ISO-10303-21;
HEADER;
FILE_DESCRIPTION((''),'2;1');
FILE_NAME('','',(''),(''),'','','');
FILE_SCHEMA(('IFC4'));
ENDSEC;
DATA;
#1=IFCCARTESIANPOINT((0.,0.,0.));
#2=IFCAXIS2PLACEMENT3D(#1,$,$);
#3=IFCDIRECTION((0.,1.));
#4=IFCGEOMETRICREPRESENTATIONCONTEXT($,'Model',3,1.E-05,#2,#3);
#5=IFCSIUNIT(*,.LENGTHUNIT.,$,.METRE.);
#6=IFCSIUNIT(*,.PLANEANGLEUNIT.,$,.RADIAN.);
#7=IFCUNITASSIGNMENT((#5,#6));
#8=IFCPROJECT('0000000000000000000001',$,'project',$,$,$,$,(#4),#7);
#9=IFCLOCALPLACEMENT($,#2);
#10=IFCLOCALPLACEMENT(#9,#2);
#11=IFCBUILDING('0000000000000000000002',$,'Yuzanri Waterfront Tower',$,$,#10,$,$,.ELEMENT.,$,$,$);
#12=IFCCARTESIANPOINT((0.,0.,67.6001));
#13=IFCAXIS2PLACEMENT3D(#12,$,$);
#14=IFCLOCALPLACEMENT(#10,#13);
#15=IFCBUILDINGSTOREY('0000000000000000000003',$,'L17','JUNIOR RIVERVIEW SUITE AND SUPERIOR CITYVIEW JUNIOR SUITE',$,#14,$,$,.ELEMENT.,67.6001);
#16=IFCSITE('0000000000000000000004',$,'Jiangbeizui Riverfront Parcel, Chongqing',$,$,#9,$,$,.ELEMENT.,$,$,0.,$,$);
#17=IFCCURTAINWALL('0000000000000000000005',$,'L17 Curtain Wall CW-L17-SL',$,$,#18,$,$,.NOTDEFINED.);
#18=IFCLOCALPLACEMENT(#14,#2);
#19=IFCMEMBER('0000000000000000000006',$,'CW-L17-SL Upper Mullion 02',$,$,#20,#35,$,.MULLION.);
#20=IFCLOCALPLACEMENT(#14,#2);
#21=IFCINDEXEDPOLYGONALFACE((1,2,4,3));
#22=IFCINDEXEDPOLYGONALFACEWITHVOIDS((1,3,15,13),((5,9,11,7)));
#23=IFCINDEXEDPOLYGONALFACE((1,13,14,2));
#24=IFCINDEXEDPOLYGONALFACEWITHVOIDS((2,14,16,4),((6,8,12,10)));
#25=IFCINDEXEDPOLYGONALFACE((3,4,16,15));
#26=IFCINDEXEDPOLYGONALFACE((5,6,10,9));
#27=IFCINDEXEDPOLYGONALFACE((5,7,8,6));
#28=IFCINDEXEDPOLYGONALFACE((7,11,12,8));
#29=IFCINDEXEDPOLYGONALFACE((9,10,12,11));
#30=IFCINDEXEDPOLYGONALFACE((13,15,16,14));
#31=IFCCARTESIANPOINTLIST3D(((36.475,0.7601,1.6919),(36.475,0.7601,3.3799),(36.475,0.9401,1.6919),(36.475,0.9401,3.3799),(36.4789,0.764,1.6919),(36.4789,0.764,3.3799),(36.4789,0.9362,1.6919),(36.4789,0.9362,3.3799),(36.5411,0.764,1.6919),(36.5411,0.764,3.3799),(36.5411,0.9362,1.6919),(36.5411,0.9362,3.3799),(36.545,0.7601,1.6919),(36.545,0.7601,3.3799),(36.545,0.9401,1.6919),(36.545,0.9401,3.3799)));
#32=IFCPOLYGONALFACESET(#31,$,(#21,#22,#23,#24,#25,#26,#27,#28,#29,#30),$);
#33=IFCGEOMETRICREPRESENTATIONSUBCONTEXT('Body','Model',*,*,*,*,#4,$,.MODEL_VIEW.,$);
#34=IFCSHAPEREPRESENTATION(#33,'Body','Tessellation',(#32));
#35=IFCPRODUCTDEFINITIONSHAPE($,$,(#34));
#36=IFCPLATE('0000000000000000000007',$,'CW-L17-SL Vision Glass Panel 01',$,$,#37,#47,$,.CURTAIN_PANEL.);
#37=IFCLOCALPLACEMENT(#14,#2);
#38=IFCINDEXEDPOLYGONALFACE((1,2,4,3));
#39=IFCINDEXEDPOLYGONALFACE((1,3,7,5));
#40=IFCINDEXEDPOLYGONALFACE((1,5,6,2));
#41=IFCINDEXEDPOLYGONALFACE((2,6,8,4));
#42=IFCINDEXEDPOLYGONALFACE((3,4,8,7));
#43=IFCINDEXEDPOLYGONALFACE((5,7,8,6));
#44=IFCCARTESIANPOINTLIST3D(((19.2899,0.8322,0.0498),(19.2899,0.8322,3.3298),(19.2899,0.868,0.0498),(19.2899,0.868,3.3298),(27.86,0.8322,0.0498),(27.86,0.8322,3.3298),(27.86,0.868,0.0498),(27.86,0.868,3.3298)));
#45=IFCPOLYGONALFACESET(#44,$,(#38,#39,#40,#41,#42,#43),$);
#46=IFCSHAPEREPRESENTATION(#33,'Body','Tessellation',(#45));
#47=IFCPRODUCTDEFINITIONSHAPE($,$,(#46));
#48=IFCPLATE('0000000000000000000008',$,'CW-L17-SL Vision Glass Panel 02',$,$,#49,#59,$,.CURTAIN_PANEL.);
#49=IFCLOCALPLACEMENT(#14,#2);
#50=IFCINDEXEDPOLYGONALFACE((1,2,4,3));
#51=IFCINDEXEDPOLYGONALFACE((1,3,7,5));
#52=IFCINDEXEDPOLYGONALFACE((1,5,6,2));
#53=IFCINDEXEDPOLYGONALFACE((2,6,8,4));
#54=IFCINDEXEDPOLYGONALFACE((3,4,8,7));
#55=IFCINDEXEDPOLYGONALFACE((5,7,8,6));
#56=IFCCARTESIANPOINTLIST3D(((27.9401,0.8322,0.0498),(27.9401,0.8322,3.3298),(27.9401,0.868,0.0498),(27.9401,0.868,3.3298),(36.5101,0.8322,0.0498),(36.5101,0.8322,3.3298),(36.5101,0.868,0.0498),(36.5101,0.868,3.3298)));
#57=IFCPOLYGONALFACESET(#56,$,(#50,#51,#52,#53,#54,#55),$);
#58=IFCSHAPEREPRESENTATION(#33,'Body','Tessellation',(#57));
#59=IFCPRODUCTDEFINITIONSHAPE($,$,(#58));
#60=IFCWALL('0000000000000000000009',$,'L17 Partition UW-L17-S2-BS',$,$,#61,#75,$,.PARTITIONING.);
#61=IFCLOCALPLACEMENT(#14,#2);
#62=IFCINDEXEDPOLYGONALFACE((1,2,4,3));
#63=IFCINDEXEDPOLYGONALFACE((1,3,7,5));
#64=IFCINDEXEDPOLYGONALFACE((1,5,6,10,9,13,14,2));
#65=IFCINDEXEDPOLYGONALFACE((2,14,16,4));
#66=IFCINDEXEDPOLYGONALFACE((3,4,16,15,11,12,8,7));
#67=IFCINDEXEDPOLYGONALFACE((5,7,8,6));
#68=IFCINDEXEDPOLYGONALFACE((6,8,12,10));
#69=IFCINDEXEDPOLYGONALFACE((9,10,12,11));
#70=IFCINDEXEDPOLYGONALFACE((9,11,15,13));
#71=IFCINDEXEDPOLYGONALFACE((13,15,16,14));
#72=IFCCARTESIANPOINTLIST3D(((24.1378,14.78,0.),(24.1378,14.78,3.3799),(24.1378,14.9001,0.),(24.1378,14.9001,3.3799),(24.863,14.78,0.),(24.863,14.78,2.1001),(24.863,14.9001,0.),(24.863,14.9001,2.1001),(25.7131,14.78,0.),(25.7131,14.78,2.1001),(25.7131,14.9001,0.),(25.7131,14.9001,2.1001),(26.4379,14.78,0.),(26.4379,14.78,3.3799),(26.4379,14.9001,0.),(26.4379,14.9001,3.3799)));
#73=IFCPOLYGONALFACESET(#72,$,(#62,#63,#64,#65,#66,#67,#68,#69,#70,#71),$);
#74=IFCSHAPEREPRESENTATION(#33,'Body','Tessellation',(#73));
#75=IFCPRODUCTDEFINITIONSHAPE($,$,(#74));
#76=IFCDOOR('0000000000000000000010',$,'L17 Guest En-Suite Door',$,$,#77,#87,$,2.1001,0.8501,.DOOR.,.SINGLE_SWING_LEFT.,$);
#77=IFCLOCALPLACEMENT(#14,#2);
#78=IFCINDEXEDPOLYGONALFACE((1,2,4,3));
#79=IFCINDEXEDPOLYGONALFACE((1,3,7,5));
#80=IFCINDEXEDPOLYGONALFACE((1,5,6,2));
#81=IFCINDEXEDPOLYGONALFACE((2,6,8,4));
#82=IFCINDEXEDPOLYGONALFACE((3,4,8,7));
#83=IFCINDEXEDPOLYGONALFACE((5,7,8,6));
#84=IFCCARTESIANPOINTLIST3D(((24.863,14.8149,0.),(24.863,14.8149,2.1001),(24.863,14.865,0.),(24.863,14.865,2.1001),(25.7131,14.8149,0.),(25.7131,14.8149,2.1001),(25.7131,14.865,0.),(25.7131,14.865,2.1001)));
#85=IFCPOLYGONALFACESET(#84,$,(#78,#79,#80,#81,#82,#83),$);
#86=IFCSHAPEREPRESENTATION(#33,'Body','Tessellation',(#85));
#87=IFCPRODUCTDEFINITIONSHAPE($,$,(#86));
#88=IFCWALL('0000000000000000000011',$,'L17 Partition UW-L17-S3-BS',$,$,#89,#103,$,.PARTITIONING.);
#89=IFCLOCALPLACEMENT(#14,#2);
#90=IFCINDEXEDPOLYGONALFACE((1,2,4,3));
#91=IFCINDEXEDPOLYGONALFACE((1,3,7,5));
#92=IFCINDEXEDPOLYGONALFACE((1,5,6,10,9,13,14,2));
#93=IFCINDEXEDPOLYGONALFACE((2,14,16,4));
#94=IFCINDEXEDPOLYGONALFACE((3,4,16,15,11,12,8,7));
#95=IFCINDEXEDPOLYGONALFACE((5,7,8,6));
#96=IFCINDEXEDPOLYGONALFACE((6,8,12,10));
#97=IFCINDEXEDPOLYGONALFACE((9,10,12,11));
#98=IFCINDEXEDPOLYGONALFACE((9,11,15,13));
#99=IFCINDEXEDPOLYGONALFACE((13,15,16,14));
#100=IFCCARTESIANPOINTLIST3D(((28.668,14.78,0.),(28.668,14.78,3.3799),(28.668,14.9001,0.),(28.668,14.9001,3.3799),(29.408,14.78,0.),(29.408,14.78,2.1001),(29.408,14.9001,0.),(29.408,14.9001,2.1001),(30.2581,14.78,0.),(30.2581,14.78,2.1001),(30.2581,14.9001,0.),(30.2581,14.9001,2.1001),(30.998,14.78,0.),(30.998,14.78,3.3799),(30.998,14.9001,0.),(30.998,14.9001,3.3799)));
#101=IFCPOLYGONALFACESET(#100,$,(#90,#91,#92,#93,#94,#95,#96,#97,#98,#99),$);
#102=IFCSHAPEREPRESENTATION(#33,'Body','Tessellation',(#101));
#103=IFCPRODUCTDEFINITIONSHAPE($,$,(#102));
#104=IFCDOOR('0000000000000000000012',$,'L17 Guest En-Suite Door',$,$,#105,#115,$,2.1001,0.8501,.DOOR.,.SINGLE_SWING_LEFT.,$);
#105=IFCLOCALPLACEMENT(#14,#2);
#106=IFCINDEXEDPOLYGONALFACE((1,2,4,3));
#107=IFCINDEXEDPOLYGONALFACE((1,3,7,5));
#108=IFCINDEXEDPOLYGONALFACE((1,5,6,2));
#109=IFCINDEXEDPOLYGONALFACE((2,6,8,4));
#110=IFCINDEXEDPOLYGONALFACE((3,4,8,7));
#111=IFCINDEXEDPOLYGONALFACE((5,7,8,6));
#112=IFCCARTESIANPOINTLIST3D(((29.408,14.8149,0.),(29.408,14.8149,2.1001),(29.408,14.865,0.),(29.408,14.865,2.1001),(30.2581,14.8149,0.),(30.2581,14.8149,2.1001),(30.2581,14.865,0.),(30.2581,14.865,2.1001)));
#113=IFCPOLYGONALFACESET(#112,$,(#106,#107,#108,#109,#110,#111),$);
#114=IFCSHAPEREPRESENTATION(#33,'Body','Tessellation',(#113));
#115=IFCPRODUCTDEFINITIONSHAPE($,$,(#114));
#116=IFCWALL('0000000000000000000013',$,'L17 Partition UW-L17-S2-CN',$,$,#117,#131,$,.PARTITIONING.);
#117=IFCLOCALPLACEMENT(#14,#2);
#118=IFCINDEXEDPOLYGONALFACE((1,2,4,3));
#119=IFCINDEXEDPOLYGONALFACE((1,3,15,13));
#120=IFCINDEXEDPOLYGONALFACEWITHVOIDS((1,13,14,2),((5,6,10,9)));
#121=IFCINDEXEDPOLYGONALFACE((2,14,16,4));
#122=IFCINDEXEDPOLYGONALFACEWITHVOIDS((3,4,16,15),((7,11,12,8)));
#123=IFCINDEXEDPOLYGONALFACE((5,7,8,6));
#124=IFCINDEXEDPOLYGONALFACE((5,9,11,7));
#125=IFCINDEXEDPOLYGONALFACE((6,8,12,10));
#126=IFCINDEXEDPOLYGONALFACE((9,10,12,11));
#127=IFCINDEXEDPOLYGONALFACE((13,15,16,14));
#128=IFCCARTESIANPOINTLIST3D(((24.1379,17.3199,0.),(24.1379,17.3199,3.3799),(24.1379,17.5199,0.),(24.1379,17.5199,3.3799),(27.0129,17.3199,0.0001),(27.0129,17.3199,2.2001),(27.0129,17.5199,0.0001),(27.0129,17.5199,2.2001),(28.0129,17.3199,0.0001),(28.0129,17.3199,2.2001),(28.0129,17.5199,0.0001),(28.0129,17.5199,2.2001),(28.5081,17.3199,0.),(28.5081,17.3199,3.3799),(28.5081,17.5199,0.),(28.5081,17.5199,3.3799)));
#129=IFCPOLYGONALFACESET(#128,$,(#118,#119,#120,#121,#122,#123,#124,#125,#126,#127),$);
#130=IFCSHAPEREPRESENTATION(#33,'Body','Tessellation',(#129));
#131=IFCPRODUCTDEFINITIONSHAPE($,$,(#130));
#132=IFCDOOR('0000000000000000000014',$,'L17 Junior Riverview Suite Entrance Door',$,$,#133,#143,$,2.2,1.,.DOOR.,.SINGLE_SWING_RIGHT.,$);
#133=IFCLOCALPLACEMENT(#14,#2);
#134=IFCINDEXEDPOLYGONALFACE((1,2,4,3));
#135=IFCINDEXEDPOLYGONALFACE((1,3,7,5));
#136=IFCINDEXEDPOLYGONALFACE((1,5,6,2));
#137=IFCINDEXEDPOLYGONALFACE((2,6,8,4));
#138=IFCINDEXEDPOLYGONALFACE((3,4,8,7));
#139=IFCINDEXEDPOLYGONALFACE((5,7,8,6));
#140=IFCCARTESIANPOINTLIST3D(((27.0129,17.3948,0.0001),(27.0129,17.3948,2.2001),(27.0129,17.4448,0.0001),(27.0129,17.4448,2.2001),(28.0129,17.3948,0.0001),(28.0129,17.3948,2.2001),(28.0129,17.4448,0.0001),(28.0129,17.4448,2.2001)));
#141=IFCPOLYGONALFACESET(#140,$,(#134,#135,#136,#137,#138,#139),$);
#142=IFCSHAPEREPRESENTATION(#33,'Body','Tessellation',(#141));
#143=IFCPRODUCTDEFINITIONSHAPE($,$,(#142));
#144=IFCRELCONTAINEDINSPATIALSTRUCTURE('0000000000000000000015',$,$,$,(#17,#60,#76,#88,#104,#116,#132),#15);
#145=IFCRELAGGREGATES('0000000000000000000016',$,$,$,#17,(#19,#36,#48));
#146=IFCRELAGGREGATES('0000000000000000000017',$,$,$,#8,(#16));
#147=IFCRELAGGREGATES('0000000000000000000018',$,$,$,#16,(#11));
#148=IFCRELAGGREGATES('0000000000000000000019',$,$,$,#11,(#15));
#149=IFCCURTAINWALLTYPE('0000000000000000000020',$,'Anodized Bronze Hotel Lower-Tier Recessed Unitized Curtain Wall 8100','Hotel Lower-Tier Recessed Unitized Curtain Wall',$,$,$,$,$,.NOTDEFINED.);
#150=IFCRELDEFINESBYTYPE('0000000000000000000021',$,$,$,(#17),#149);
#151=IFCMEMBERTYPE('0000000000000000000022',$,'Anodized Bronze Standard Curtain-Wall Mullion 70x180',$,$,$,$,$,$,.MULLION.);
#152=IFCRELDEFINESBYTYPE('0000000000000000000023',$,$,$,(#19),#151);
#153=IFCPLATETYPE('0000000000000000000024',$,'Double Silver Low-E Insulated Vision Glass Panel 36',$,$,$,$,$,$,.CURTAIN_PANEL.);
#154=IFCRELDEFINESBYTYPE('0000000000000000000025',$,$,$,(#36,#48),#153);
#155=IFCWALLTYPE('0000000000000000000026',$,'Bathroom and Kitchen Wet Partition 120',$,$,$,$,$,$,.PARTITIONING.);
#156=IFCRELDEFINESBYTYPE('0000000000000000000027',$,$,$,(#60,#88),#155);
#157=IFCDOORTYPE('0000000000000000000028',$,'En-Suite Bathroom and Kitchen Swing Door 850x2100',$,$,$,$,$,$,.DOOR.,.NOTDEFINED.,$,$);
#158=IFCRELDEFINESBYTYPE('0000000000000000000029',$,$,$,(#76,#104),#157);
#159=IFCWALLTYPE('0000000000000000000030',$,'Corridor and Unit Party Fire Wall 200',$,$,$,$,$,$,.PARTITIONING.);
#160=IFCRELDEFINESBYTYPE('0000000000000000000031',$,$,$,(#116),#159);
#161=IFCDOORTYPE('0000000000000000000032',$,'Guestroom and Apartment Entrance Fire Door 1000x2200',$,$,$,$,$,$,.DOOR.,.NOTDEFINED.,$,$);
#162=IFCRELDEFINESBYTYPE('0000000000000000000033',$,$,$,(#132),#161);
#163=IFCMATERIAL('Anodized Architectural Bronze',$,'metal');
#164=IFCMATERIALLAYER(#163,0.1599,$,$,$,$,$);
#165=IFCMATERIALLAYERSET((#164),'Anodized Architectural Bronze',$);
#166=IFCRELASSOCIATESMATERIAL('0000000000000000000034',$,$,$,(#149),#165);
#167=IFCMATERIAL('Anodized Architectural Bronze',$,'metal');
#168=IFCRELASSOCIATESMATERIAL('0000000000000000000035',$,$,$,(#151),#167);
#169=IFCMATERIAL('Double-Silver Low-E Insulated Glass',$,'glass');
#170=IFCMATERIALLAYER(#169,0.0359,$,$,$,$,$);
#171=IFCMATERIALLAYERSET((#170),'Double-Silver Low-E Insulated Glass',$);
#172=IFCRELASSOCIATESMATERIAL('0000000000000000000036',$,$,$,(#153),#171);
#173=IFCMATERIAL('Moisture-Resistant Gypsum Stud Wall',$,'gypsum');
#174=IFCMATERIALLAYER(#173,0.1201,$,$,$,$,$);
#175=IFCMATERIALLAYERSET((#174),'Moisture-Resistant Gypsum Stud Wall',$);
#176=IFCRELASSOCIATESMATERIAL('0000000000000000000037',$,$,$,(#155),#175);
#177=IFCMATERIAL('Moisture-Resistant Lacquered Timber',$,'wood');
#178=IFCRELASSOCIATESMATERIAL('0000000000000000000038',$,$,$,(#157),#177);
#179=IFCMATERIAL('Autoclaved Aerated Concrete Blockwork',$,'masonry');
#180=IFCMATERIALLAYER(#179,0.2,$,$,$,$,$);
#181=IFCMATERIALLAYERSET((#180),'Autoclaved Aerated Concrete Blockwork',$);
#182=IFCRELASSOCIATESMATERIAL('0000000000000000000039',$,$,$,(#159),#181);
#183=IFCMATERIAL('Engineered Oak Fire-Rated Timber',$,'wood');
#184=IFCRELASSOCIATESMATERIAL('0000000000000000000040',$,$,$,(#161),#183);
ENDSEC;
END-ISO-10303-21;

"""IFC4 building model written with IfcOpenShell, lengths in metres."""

from ifc_helpers import new_model, si_unit, direction, frame, frame_2d, origin, origin_2d, place, context, subcontext, project, spatial, rectangle, hollow_rectangle, extrude, source, transform, mapped, material, layer, layer_set, material_profile, profile_set, type_object, element, fill, aggregate, save


model = new_model("IFC4")

# Units and contexts
model_context = context("Model", 3, precision=1e-05, world=origin(), true_north=direction((0.0, 1.0)))
body_context = subcontext(model_context, "Body", "Model", "MODEL_VIEW")
ifc_project = project(units=[si_unit("LENGTHUNIT", "METRE"), si_unit("PLANEANGLEUNIT", "RADIAN")], contexts=[model_context])

# Site, building, storey
site_placement = place(None, origin())
site = spatial("IfcSite", under=ifc_project, at=site_placement, Name="Jiangbeizui Riverfront Parcel, Chongqing", CompositionType="ELEMENT", RefElevation=0.0)
building_placement = place(site_placement, origin())
building = spatial("IfcBuilding", under=site, at=building_placement, Name="Yuzanri Waterfront Tower", CompositionType="ELEMENT")
storey_placement = place(building_placement, frame((0.0, 0.0, 67.6001)))
storey = spatial("IfcBuildingStorey", under=building, at=storey_placement, Name="L17", Description="JUNIOR RIVERVIEW SUITE AND SUPERIOR CITYVIEW JUNIOR SUITE", CompositionType="ELEMENT", Elevation=67.6001)

# Curtain wall, member, plates
ifc_material_1 = material(Name="Anodized Architectural Bronze", Category="metal")
ifc_layer_1 = layer(ifc_material_1, 0.1599)
ifc_layer_set_1 = layer_set([ifc_layer_1], Name="Anodized Architectural Bronze")
curtain_wall_type = type_object("IfcCurtainWallType", Name="Anodized Bronze Hotel Lower-Tier Recessed Unitized Curtain Wall 8100", Description="Hotel Lower-Tier Recessed Unitized Curtain Wall", PredefinedType="NOTDEFINED", material=ifc_layer_set_1)
curtain_wall_placement = place(storey_placement, origin())
curtain_wall = element("IfcCurtainWall", 1, at=curtain_wall_placement, inside=storey, type_object=curtain_wall_type, Name="L17 Curtain Wall CW-L17-SL", PredefinedType="NOTDEFINED")
ifc_material_2 = material(Name="Anodized Architectural Bronze", Category="metal")
ifc_material_profile_1 = material_profile(ifc_material_2, hollow_rectangle(XDim=0.0701, YDim=0.1799, WallThickness=0.0039, at=origin_2d()), Name="CWM 70x180")
ifc_profile_set_1 = profile_set([ifc_material_profile_1], Name="Anodized Architectural Bronze")
member_type = type_object("IfcMemberType", Name="Anodized Bronze Standard Curtain-Wall Mullion 70x180", PredefinedType="MULLION", material=ifc_profile_set_1)
shared_shape_1 = source(origin(), body_context, "Body", "SweptSolid", [
    extrude(hollow_rectangle(XDim=0.0701, YDim=0.1799, WallThickness=0.0039, at=origin_2d()), origin(), (0.0, 0.0, 1.0), 1.688),
])
member_1_placement = place(storey_placement, frame((36.51, 0.8501, 1.6919), z_axis=(0.0, 0.0, 1.0), x_axis=(1.0, 0.0, 0.0)))
member_1 = element("IfcMember", 2, at=member_1_placement, type_object=member_type, Name="CW-L17-SL Upper Mullion 02", PredefinedType="MULLION", context=body_context, shape_type="MappedRepresentation", body=[
    mapped(shared_shape_1, transform((0.0, 0.0, 0.0), scale=1.0)),
])
ifc_material_3 = material(Name="Double-Silver Low-E Insulated Glass", Category="glass")
ifc_layer_2 = layer(ifc_material_3, 0.0359)
ifc_layer_set_2 = layer_set([ifc_layer_2], Name="Double-Silver Low-E Insulated Glass")
plate_type = type_object("IfcPlateType", Name="Double Silver Low-E Insulated Vision Glass Panel 36", PredefinedType="CURTAIN_PANEL", material=ifc_layer_set_2)
shared_shape_2 = source(origin(), body_context, "Body", "SweptSolid", [
    extrude(rectangle(XDim=8.5701, YDim=0.0359, at=origin_2d()), origin(), (0.0, 0.0, 1.0), 3.28),
])
plate_1_placement = place(storey_placement, frame((23.575, 0.8501, 0.0498), z_axis=(0.0, 0.0, 1.0), x_axis=(1.0, 0.0, 0.0)))
plate_1 = element("IfcPlate", 3, at=plate_1_placement, type_object=plate_type, Name="CW-L17-SL Vision Glass Panel 01", PredefinedType="CURTAIN_PANEL", context=body_context, shape_type="MappedRepresentation", body=[
    mapped(shared_shape_2, transform((0.0, 0.0, 0.0), scale=1.0)),
])
plate_2_placement = place(storey_placement, frame((32.2251, 0.8501, 0.0498), z_axis=(0.0, 0.0, 1.0), x_axis=(1.0, 0.0, 0.0)))
plate_2 = element("IfcPlate", 4, at=plate_2_placement, type_object=plate_type, Name="CW-L17-SL Vision Glass Panel 02", PredefinedType="CURTAIN_PANEL", context=body_context, shape_type="MappedRepresentation", body=[
    mapped(shared_shape_2, transform((0.0, 0.0, 0.0), scale=1.0)),
])
aggregate(curtain_wall, [member_1, plate_1, plate_2])

# Walls, openings, doors
ifc_material_4 = material(Name="Moisture-Resistant Gypsum Stud Wall", Category="gypsum")
ifc_layer_3 = layer(ifc_material_4, 0.1201)
ifc_layer_set_3 = layer_set([ifc_layer_3], Name="Moisture-Resistant Gypsum Stud Wall")
wall_type_1 = type_object("IfcWallType", Name="Bathroom and Kitchen Wet Partition 120", PredefinedType="PARTITIONING", material=ifc_layer_set_3)
wall_1_placement = place(storey_placement, frame((24.1379, 14.8401, 0.0), z_axis=(0.0, 0.0, 1.0), x_axis=(1.0, 0.0, 0.0)))
wall_1 = element("IfcWall", 5, at=wall_1_placement, inside=storey, type_object=wall_type_1, Name="L17 Partition UW-L17-S2-BS", PredefinedType="PARTITIONING", context=body_context, shape_type="SweptSolid", body=[
    extrude(rectangle(XDim=2.3, YDim=0.1201, at=frame_2d((1.1499, 0.0))), origin(), (0.0, 0.0, 1.0), 3.3799),
])
opening_1_placement = place(wall_1_placement, frame((0.7251, 0.0, 0.0)))
opening_1 = element("IfcOpeningElement", 6, at=opening_1_placement, cuts=wall_1, PredefinedType="OPENING", context=body_context, shape_type="SweptSolid", body=[
    extrude(rectangle(XDim=0.8501, YDim=2.1001, at=frame_2d((0.425, 1.05))), frame((0.0, 0.075, 0.0), z_axis=(0.0, -1.0, 0.0), x_axis=(1.0, 0.0, 0.0)), (0.0, 0.0, 1.0), 0.1499),
])
ifc_material_5 = material(Name="Moisture-Resistant Lacquered Timber", Category="wood")
door_type_1 = type_object("IfcDoorType", Name="En-Suite Bathroom and Kitchen Swing Door 850x2100", OperationType="NOTDEFINED", PredefinedType="DOOR", material=ifc_material_5)
shared_shape_3 = source(origin(), body_context, "Body", "SweptSolid", [
    extrude(rectangle(XDim=0.8501, YDim=2.1001, at=frame_2d((0.425, 1.05))), frame((0.0, 0.0249, 0.0), z_axis=(0.0, -1.0, 0.0), x_axis=(1.0, 0.0, 0.0)), (0.0, 0.0, 1.0), 0.05),
])
door_1_placement = place(opening_1_placement, origin())
door_1 = element("IfcDoor", 7, at=door_1_placement, inside=storey, type_object=door_type_1, Name="L17 Guest En-Suite Door", OperationType="SINGLE_SWING_LEFT", OverallHeight=2.1001, OverallWidth=0.8501, PredefinedType="DOOR", context=body_context, shape_type="MappedRepresentation", body=[
    mapped(shared_shape_3, transform((0.0, 0.0, 0.0), scale=1.0)),
])
fill(opening_1, door_1)
wall_2_placement = place(storey_placement, frame((28.668, 14.8401, 0.0), z_axis=(0.0, 0.0, 1.0), x_axis=(1.0, 0.0, 0.0)))
wall_2 = element("IfcWall", 8, at=wall_2_placement, inside=storey, type_object=wall_type_1, Name="L17 Partition UW-L17-S3-BS", PredefinedType="PARTITIONING", context=body_context, shape_type="SweptSolid", body=[
    extrude(rectangle(XDim=2.3301, YDim=0.1201, at=frame_2d((1.165, 0.0))), origin(), (0.0, 0.0, 1.0), 3.3799),
])
opening_2_placement = place(wall_2_placement, frame((0.74, 0.0, 0.0)))
opening_2 = element("IfcOpeningElement", 9, at=opening_2_placement, cuts=wall_2, PredefinedType="OPENING", context=body_context, shape_type="SweptSolid", body=[
    extrude(rectangle(XDim=0.8501, YDim=2.1001, at=frame_2d((0.425, 1.05))), frame((0.0, 0.075, 0.0), z_axis=(0.0, -1.0, 0.0), x_axis=(1.0, 0.0, 0.0)), (0.0, 0.0, 1.0), 0.1499),
])
door_2_placement = place(opening_2_placement, origin())
door_2 = element("IfcDoor", 10, at=door_2_placement, inside=storey, type_object=door_type_1, Name="L17 Guest En-Suite Door", OperationType="SINGLE_SWING_LEFT", OverallHeight=2.1001, OverallWidth=0.8501, PredefinedType="DOOR", context=body_context, shape_type="MappedRepresentation", body=[
    mapped(shared_shape_3, transform((0.0, 0.0, 0.0), scale=1.0)),
])
fill(opening_2, door_2)
ifc_material_6 = material(Name="Autoclaved Aerated Concrete Blockwork", Category="masonry")
ifc_layer_4 = layer(ifc_material_6, 0.2)
ifc_layer_set_4 = layer_set([ifc_layer_4], Name="Autoclaved Aerated Concrete Blockwork")
wall_type_2 = type_object("IfcWallType", Name="Corridor and Unit Party Fire Wall 200", PredefinedType="PARTITIONING", material=ifc_layer_set_4)
wall_3_placement = place(storey_placement, frame((24.1379, 17.4199, 0.0), z_axis=(0.0, 0.0, 1.0), x_axis=(1.0, 0.0, 0.0)))
wall_3 = element("IfcWall", 11, at=wall_3_placement, inside=storey, type_object=wall_type_2, Name="L17 Partition UW-L17-S2-CN", PredefinedType="PARTITIONING", context=body_context, shape_type="SweptSolid", body=[
    extrude(rectangle(XDim=4.3701, YDim=0.2, at=frame_2d((2.1851, 0.0))), origin(), (0.0, 0.0, 1.0), 3.3799),
])
opening_3_placement = place(wall_3_placement, frame((2.875, 0.0, 0.0)))
opening_3 = element("IfcOpeningElement", 12, at=opening_3_placement, cuts=wall_3, PredefinedType="OPENING", context=body_context, shape_type="SweptSolid", body=[
    extrude(rectangle(XDim=1.0, YDim=2.2, at=frame_2d((0.5, 1.1001))), frame((0.0, 0.1147, 0.0), z_axis=(0.0, -1.0, 0.0), x_axis=(1.0, 0.0, 0.0)), (0.0, 0.0, 1.0), 0.2297),
])
ifc_material_7 = material(Name="Engineered Oak Fire-Rated Timber", Category="wood")
door_type_2 = type_object("IfcDoorType", Name="Guestroom and Apartment Entrance Fire Door 1000x2200", OperationType="NOTDEFINED", PredefinedType="DOOR", material=ifc_material_7)
shared_shape_4 = source(origin(), body_context, "Body", "SweptSolid", [
    extrude(rectangle(XDim=1.0, YDim=2.2, at=frame_2d((0.5, 1.1001))), frame((0.0, 0.0249, 0.0), z_axis=(0.0, -1.0, 0.0), x_axis=(1.0, 0.0, 0.0)), (0.0, 0.0, 1.0), 0.05),
])
door_3_placement = place(opening_3_placement, origin())
door_3 = element("IfcDoor", 13, at=door_3_placement, inside=storey, type_object=door_type_2, Name="L17 Junior Riverview Suite Entrance Door", OperationType="SINGLE_SWING_RIGHT", OverallHeight=2.2, OverallWidth=1.0, PredefinedType="DOOR", context=body_context, shape_type="MappedRepresentation", body=[
    mapped(shared_shape_4, transform((0.0, 0.0, 0.0), scale=1.0)),
])
fill(opening_3, door_3)

save(model, "model.ifc")
